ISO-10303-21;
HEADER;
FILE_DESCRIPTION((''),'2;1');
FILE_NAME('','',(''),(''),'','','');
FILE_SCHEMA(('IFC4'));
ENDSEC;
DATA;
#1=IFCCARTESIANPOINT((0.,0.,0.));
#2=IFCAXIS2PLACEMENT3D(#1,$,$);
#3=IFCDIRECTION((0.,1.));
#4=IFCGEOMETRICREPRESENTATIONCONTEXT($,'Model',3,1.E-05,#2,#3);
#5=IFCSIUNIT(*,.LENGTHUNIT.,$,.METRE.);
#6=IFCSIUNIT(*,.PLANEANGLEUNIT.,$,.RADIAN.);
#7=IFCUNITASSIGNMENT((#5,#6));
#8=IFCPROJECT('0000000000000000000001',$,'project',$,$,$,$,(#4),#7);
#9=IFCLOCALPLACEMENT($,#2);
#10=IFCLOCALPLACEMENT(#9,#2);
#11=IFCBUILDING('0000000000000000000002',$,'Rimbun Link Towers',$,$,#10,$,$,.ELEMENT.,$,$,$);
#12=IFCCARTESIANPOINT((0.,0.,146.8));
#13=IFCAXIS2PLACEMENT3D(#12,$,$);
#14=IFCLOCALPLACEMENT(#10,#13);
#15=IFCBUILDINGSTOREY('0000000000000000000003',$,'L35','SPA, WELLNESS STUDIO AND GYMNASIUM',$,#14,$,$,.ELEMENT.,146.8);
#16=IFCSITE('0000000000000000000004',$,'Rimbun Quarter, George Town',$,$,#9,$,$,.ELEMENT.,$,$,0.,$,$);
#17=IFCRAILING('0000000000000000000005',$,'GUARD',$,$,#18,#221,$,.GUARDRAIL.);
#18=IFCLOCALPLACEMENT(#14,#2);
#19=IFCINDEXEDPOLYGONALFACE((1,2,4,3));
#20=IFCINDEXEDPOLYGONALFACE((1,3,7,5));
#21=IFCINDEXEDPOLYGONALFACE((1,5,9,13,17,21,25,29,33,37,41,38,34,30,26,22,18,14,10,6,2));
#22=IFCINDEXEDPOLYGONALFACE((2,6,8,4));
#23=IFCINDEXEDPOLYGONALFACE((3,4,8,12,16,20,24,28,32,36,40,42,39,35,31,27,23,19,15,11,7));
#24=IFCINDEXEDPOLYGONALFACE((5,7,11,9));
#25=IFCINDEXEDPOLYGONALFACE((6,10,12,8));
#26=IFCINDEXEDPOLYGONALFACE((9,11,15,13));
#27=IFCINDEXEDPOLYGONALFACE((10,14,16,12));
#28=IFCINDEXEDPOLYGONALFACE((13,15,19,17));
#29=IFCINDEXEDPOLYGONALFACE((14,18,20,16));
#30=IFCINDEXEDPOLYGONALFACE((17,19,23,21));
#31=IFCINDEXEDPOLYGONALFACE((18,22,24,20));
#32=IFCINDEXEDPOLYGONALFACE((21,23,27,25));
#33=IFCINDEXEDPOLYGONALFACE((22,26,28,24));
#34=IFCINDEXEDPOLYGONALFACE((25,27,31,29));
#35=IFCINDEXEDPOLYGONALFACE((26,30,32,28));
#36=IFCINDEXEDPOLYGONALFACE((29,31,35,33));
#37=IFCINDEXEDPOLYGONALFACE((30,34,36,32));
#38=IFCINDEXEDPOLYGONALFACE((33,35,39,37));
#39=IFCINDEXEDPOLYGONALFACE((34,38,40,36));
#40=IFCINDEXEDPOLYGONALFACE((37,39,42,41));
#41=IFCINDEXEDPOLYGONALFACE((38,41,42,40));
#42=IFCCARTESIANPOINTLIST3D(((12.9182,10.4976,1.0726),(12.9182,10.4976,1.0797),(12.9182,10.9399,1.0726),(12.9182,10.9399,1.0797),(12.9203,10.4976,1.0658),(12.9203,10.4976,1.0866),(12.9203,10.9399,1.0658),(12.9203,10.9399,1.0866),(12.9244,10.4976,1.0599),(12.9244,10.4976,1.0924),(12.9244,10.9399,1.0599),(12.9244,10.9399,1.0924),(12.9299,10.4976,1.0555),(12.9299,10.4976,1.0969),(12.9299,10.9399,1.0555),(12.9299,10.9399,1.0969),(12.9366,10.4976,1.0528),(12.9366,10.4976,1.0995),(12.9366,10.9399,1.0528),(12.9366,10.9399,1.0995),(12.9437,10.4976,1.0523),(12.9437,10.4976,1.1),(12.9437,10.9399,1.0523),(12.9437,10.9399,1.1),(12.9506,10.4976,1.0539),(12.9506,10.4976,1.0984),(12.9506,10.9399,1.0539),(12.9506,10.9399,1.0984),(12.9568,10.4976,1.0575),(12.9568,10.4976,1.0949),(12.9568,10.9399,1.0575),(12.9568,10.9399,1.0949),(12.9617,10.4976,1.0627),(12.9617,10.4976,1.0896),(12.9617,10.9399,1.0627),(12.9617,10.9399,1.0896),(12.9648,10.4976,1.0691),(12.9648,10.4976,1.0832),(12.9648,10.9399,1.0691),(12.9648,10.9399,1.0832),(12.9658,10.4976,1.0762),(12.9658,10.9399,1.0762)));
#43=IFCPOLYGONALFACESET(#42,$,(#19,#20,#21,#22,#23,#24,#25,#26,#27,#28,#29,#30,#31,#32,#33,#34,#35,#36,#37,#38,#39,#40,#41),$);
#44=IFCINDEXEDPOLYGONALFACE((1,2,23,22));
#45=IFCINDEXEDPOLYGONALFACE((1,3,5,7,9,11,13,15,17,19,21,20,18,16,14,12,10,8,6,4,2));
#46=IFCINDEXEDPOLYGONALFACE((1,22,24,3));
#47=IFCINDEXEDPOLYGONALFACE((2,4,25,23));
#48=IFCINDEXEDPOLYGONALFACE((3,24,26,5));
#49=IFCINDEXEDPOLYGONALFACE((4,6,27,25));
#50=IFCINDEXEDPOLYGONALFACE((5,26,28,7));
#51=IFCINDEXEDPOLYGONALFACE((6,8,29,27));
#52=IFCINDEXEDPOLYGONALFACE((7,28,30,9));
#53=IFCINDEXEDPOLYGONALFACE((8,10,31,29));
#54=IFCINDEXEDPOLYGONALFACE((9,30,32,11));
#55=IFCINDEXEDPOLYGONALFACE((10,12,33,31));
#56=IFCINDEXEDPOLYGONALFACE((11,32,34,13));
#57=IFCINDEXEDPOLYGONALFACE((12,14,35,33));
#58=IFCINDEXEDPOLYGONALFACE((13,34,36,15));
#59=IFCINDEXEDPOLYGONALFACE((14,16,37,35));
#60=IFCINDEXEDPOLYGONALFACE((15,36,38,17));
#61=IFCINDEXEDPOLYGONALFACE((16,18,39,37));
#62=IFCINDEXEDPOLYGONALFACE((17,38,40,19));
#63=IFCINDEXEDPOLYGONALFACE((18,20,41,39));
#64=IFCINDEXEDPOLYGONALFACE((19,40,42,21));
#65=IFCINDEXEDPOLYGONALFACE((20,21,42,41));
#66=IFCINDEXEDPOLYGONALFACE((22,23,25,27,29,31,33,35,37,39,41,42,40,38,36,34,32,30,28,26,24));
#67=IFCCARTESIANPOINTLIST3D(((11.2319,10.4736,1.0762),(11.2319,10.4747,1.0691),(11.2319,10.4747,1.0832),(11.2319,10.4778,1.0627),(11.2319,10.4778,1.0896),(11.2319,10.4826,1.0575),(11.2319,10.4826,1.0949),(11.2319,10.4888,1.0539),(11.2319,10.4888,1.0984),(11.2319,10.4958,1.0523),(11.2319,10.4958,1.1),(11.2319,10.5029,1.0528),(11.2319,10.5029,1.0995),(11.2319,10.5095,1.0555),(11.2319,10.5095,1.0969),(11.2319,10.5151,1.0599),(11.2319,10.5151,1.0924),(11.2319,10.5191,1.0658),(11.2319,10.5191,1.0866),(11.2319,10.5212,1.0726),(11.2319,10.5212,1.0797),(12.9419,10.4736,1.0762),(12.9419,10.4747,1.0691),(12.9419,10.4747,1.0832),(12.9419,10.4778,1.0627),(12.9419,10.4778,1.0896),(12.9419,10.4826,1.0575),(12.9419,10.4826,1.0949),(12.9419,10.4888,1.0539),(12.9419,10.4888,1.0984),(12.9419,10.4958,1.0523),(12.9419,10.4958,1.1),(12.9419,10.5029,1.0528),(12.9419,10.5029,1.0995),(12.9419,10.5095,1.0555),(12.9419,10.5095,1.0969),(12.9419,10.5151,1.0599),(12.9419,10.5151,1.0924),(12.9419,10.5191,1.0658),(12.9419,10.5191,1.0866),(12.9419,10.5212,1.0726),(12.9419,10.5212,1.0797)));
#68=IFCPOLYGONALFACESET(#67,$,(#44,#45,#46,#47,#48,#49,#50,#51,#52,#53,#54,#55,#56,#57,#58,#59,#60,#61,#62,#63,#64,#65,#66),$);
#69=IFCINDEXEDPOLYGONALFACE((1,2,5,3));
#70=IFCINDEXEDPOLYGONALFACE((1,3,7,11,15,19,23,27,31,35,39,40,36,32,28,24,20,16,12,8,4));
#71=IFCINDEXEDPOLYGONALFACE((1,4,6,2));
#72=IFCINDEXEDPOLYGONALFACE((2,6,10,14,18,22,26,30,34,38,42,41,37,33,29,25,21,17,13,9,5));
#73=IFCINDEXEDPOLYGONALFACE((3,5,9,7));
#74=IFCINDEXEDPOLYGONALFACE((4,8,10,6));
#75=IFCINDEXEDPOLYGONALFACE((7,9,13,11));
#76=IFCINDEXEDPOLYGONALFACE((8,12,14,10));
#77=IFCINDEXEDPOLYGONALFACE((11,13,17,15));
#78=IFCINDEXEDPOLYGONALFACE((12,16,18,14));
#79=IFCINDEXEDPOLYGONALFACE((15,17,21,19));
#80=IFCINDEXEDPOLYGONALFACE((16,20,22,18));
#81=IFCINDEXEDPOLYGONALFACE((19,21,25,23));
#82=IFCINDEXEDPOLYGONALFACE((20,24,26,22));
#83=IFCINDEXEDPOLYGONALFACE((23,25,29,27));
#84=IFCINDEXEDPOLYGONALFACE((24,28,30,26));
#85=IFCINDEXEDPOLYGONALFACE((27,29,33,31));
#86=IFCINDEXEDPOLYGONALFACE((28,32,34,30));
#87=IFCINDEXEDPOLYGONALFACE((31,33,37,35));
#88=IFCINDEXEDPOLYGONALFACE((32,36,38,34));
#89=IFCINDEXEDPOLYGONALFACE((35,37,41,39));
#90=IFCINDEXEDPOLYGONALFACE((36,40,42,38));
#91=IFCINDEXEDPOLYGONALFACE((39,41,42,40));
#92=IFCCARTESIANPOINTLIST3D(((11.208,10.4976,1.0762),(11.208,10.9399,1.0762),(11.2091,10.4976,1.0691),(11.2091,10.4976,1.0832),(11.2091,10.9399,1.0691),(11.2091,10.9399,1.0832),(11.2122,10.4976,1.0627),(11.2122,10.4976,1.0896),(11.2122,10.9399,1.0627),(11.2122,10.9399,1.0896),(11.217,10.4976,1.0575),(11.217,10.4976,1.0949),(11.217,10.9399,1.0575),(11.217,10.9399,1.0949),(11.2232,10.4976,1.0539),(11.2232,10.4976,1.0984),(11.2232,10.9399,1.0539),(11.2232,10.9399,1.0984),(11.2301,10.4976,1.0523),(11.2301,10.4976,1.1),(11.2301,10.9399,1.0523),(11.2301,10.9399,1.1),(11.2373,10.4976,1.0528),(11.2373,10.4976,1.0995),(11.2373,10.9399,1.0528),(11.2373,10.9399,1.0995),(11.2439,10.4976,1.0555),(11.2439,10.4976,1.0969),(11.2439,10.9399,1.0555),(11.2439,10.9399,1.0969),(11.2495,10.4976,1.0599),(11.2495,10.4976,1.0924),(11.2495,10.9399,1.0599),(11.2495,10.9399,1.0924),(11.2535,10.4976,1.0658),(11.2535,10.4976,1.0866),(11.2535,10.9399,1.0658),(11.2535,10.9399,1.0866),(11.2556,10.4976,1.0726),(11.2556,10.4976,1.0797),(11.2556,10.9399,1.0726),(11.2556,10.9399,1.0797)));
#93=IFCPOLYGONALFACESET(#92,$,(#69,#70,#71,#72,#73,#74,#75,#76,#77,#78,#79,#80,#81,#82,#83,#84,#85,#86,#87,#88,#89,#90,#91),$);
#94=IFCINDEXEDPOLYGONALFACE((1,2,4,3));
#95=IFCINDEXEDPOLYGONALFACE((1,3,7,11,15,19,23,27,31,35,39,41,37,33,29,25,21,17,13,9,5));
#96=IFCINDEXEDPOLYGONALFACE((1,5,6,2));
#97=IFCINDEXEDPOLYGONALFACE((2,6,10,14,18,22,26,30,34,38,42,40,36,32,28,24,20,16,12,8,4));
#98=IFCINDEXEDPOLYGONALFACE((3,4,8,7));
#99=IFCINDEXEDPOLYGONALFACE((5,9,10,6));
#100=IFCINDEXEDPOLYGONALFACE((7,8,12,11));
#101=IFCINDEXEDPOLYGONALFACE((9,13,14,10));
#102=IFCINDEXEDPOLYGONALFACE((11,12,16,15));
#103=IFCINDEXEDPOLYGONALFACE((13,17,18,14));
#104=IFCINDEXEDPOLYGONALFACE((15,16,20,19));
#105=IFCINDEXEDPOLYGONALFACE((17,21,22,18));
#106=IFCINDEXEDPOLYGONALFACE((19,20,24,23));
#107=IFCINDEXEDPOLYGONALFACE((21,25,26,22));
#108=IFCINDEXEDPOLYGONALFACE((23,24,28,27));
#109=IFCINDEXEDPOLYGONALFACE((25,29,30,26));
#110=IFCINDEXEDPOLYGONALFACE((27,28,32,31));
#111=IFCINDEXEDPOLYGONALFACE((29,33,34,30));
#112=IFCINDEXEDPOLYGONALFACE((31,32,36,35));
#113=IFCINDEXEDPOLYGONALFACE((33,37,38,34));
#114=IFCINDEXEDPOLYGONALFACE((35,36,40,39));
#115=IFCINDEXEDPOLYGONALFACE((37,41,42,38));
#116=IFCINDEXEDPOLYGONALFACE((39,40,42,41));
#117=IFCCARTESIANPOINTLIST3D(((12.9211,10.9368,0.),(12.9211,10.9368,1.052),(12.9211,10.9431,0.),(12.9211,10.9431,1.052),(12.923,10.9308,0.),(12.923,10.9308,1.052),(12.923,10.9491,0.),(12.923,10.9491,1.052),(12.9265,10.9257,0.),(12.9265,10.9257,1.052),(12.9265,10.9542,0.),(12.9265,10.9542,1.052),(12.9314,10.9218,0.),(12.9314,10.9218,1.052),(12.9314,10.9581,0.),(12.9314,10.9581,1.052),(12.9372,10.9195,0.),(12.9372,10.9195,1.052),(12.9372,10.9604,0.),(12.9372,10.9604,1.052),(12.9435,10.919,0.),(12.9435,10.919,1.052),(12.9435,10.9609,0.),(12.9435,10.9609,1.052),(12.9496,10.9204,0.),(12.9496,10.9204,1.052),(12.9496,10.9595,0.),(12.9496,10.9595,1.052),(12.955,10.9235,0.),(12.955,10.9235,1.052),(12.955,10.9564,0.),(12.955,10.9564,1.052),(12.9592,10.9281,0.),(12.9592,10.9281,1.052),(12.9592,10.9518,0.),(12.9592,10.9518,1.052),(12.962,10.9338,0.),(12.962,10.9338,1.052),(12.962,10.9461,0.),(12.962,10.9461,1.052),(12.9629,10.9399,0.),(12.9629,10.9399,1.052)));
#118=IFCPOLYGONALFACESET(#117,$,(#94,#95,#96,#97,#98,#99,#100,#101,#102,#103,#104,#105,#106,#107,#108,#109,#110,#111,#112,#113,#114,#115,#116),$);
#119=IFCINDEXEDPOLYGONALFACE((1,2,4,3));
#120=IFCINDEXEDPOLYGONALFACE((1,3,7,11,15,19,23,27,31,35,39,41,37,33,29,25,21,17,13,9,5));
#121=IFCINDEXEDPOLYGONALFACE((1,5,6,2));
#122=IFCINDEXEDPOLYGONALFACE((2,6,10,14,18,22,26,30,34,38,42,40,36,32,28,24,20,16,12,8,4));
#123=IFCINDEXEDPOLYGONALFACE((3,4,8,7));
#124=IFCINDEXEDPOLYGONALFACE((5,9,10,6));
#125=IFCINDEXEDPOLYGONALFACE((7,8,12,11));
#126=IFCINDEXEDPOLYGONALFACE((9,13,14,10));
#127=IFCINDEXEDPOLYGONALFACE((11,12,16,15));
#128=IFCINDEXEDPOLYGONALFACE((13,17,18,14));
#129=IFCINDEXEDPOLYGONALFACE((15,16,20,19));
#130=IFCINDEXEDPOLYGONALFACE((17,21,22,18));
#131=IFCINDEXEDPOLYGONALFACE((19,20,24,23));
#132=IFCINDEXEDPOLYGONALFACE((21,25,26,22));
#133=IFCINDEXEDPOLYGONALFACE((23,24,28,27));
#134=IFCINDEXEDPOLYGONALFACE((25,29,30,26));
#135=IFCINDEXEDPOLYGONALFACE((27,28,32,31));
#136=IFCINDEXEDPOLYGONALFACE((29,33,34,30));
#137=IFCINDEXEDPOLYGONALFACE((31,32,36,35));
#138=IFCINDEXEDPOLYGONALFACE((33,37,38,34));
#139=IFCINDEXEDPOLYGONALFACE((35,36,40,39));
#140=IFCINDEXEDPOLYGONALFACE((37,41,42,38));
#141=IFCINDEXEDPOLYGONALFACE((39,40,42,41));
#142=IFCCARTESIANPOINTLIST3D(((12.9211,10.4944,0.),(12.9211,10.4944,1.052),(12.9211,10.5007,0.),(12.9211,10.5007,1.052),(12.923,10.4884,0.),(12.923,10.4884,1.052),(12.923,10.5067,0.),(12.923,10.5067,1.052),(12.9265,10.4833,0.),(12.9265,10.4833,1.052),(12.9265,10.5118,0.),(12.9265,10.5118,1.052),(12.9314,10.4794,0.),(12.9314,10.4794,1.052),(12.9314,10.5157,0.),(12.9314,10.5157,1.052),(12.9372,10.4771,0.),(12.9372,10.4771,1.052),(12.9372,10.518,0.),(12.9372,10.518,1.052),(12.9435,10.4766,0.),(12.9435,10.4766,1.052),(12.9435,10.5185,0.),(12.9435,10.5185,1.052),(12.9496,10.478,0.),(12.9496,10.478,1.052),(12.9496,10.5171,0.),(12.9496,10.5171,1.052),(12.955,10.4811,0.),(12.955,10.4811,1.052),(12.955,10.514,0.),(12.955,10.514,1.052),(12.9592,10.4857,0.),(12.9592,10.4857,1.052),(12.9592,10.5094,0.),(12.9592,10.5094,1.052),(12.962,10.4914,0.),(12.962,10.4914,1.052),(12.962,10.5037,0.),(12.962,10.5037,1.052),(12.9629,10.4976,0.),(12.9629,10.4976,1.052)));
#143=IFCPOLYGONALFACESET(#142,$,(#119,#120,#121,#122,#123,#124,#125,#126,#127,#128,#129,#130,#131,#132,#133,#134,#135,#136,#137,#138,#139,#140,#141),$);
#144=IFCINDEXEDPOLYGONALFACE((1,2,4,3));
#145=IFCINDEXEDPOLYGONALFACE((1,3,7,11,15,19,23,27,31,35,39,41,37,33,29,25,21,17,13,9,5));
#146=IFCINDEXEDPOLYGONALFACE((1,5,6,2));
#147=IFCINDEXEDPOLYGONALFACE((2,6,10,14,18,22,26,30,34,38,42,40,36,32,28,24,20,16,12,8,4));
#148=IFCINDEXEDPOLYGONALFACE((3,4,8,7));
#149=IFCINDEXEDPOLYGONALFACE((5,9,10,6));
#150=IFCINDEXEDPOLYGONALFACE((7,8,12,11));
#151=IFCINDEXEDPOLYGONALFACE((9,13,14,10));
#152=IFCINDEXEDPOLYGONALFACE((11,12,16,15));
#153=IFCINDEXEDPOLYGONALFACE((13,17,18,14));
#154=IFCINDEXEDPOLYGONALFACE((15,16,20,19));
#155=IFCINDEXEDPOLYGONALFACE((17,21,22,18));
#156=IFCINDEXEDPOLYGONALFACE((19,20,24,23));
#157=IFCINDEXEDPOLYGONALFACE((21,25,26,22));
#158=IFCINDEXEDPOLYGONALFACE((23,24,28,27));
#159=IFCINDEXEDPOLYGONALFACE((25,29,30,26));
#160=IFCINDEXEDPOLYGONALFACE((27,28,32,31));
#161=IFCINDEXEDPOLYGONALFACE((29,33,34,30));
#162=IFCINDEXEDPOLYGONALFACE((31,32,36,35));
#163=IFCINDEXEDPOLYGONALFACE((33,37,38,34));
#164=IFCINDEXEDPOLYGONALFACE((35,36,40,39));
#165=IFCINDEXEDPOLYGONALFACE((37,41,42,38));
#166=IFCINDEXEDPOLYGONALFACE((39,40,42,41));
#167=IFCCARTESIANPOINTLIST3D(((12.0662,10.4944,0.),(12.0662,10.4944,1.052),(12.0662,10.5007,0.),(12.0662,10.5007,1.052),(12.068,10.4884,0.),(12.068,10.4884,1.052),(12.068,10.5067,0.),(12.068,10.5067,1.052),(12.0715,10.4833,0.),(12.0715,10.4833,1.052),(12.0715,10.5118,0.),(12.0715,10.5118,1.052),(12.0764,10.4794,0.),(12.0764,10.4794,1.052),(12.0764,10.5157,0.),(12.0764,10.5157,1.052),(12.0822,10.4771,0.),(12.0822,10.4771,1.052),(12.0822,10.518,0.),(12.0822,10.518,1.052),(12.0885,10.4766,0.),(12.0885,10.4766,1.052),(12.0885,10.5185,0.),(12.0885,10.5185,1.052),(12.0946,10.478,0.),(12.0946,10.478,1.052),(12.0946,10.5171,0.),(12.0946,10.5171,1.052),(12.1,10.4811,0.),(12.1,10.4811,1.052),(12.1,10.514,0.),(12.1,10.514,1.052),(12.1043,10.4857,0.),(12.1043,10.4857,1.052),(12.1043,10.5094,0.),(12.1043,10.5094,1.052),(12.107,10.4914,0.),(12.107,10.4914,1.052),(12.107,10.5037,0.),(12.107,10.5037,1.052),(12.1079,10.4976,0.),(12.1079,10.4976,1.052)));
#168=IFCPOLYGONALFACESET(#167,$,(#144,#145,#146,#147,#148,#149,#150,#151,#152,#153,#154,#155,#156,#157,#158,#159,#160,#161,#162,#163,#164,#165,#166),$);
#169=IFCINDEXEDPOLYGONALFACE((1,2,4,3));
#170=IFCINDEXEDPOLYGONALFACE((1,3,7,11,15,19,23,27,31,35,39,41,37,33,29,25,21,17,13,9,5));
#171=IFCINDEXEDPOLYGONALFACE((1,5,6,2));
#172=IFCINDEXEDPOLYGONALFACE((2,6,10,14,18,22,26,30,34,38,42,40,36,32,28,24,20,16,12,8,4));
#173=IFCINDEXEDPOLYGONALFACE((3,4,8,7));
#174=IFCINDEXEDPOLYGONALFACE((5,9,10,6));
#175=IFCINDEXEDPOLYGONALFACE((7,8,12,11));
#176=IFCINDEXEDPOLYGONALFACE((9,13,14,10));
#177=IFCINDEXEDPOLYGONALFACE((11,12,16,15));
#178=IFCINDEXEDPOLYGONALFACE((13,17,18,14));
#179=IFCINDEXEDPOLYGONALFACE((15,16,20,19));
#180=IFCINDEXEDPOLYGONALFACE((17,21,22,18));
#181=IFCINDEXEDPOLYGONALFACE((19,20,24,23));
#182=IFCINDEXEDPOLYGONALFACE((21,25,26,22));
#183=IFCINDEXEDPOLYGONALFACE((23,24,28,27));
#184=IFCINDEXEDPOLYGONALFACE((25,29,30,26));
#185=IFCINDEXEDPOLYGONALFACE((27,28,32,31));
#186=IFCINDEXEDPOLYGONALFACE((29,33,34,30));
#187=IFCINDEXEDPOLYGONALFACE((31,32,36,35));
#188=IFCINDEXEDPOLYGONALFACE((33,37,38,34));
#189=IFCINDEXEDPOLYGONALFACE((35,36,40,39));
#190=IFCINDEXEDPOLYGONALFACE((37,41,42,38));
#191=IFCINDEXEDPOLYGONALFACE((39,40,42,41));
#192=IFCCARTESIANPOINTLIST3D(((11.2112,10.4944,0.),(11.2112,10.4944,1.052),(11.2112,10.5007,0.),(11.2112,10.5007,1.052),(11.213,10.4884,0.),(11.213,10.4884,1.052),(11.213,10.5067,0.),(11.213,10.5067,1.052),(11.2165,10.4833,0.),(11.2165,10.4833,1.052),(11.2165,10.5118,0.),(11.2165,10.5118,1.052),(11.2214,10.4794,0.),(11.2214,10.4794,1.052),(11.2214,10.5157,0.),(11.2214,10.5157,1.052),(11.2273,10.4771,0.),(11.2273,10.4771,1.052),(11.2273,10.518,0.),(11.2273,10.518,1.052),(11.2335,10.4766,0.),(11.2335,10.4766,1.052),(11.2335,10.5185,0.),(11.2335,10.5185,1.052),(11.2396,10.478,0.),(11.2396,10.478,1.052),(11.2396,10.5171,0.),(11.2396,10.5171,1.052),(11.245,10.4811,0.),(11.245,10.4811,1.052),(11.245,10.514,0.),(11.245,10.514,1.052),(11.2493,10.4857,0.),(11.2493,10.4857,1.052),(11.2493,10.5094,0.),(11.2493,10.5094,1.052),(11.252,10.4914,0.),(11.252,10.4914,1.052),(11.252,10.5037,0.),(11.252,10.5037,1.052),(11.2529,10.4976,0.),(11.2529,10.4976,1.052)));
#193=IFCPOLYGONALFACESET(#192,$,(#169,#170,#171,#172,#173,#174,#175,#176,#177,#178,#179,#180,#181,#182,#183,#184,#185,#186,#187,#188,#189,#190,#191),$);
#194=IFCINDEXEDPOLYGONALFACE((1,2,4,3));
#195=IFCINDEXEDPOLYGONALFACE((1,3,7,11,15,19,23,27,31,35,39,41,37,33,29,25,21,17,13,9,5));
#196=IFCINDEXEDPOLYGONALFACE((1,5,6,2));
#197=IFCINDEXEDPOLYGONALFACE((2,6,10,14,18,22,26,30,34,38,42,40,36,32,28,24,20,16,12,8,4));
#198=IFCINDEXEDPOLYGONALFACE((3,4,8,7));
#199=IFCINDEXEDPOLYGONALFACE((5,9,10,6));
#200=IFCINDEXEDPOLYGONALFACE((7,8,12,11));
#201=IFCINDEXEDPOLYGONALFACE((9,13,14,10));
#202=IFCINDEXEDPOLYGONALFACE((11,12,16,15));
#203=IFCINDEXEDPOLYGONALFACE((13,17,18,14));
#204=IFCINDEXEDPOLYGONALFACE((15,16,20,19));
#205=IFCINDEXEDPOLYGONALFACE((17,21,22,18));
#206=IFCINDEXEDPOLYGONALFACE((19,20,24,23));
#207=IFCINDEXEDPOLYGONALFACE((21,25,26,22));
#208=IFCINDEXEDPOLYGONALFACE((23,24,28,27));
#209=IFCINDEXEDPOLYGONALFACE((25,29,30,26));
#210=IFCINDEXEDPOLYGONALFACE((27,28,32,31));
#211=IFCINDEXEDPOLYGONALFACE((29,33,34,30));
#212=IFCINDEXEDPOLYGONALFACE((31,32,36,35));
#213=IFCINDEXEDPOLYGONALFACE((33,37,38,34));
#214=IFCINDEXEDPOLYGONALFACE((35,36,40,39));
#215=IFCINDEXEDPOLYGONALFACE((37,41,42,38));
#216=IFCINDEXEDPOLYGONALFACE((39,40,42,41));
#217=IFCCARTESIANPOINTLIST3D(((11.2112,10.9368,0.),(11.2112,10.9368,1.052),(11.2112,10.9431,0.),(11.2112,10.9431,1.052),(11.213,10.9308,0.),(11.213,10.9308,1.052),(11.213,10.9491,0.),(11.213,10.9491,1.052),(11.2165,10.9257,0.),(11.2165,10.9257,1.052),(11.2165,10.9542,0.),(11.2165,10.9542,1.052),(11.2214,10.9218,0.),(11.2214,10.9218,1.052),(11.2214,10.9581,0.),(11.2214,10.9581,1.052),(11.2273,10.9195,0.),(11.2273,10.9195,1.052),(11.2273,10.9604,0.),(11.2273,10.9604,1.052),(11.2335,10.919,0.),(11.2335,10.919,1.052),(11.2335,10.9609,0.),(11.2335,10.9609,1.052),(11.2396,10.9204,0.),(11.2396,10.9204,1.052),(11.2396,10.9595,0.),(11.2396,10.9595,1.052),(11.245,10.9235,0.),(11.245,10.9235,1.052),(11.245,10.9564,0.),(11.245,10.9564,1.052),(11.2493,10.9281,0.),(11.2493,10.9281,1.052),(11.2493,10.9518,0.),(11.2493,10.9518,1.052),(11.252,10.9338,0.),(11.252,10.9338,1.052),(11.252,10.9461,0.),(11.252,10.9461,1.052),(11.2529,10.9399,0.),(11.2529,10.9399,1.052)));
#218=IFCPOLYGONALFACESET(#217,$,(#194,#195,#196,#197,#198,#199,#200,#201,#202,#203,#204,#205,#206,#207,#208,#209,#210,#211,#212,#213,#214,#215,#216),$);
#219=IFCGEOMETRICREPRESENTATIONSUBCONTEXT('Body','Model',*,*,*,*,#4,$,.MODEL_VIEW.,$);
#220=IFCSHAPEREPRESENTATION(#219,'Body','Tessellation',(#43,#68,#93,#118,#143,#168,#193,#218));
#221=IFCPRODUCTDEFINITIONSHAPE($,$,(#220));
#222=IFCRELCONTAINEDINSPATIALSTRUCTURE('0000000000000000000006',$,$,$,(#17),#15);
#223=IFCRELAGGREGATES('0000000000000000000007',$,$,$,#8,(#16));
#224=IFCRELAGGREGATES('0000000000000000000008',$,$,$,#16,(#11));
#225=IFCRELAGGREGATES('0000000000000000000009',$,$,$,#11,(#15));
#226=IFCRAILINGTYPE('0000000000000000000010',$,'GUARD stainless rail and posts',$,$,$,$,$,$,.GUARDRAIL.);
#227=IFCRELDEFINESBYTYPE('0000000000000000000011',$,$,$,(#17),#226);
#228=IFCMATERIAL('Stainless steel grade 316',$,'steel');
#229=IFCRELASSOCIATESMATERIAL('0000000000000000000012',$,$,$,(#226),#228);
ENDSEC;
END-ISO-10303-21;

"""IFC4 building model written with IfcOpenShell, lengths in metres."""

from ifc_helpers import new_model, si_unit, direction, frame, origin, origin_2d, place, context, subcontext, project, spatial, circle, extrude, material, type_object, element, save


model = new_model("IFC4")

# Units and contexts
model_context = context("Model", 3, precision=1e-05, world=origin(), true_north=direction((0.0, 1.0)))
body_context = subcontext(model_context, "Body", "Model", "MODEL_VIEW")
ifc_project = project(units=[si_unit("LENGTHUNIT", "METRE"), si_unit("PLANEANGLEUNIT", "RADIAN")], contexts=[model_context])

# Site, building, storey
site_placement = place(None, origin())
site = spatial("IfcSite", under=ifc_project, at=site_placement, Name="Rimbun Quarter, George Town", CompositionType="ELEMENT", RefElevation=0.0)
building_placement = place(site_placement, origin())
building = spatial("IfcBuilding", under=site, at=building_placement, Name="Rimbun Link Towers", CompositionType="ELEMENT")
storey_placement = place(building_placement, frame((0.0, 0.0, 146.8)))
storey = spatial("IfcBuildingStorey", under=building, at=storey_placement, Name="L35", Description="SPA, WELLNESS STUDIO AND GYMNASIUM", CompositionType="ELEMENT", Elevation=146.8)

# Railing
ifc_material_1 = material(Name="Stainless steel grade 316", Category="steel")
railing_type = type_object("IfcRailingType", Name="GUARD stainless rail and posts", PredefinedType="GUARDRAIL", material=ifc_material_1)
railing_1_placement = place(storey_placement, frame((12.9419, 10.9399, 0.0)))
element("IfcRailing", 1, at=railing_1_placement, inside=storey, type_object=railing_type, Name="GUARD", PredefinedType="GUARDRAIL", context=body_context, shape_type="SweptSolid", body=[
    extrude(circle(Radius=0.0239, at=origin_2d()), frame((0.0, 0.0, 1.0762), z_axis=(0.0, -1.0, 0.0), x_axis=(1.0, 0.0, 0.0)), (0.0, 0.0, 1.0), 0.4424),
    extrude(circle(Radius=0.0239, at=origin_2d()), frame((0.0, -0.4424, 1.0762), z_axis=(-1.0, 0.0, 0.0), x_axis=(0.0, -1.0, 0.0)), (0.0, 0.0, 1.0), 1.71),
    extrude(circle(Radius=0.0239, at=origin_2d()), frame((-1.71, -0.4424, 1.0762), z_axis=(0.0, 1.0, 0.0), x_axis=(-1.0, 0.0, 0.0)), (0.0, 0.0, 1.0), 0.4424),
    extrude(circle(Radius=0.021, at=origin_2d()), origin(), (0.0, 0.0, 1.0), 1.052),
    extrude(circle(Radius=0.021, at=origin_2d()), frame((0.0, -0.4424, 0.0)), (0.0, 0.0, 1.0), 1.052),
    extrude(circle(Radius=0.021, at=origin_2d()), frame((-0.855, -0.4424, 0.0)), (0.0, 0.0, 1.0), 1.052),
    extrude(circle(Radius=0.021, at=origin_2d()), frame((-1.71, -0.4424, 0.0)), (0.0, 0.0, 1.0), 1.052),
    extrude(circle(Radius=0.021, at=origin_2d()), frame((-1.71, 0.0, 0.0)), (0.0, 0.0, 1.0), 1.052),
])

save(model, "model.ifc")
